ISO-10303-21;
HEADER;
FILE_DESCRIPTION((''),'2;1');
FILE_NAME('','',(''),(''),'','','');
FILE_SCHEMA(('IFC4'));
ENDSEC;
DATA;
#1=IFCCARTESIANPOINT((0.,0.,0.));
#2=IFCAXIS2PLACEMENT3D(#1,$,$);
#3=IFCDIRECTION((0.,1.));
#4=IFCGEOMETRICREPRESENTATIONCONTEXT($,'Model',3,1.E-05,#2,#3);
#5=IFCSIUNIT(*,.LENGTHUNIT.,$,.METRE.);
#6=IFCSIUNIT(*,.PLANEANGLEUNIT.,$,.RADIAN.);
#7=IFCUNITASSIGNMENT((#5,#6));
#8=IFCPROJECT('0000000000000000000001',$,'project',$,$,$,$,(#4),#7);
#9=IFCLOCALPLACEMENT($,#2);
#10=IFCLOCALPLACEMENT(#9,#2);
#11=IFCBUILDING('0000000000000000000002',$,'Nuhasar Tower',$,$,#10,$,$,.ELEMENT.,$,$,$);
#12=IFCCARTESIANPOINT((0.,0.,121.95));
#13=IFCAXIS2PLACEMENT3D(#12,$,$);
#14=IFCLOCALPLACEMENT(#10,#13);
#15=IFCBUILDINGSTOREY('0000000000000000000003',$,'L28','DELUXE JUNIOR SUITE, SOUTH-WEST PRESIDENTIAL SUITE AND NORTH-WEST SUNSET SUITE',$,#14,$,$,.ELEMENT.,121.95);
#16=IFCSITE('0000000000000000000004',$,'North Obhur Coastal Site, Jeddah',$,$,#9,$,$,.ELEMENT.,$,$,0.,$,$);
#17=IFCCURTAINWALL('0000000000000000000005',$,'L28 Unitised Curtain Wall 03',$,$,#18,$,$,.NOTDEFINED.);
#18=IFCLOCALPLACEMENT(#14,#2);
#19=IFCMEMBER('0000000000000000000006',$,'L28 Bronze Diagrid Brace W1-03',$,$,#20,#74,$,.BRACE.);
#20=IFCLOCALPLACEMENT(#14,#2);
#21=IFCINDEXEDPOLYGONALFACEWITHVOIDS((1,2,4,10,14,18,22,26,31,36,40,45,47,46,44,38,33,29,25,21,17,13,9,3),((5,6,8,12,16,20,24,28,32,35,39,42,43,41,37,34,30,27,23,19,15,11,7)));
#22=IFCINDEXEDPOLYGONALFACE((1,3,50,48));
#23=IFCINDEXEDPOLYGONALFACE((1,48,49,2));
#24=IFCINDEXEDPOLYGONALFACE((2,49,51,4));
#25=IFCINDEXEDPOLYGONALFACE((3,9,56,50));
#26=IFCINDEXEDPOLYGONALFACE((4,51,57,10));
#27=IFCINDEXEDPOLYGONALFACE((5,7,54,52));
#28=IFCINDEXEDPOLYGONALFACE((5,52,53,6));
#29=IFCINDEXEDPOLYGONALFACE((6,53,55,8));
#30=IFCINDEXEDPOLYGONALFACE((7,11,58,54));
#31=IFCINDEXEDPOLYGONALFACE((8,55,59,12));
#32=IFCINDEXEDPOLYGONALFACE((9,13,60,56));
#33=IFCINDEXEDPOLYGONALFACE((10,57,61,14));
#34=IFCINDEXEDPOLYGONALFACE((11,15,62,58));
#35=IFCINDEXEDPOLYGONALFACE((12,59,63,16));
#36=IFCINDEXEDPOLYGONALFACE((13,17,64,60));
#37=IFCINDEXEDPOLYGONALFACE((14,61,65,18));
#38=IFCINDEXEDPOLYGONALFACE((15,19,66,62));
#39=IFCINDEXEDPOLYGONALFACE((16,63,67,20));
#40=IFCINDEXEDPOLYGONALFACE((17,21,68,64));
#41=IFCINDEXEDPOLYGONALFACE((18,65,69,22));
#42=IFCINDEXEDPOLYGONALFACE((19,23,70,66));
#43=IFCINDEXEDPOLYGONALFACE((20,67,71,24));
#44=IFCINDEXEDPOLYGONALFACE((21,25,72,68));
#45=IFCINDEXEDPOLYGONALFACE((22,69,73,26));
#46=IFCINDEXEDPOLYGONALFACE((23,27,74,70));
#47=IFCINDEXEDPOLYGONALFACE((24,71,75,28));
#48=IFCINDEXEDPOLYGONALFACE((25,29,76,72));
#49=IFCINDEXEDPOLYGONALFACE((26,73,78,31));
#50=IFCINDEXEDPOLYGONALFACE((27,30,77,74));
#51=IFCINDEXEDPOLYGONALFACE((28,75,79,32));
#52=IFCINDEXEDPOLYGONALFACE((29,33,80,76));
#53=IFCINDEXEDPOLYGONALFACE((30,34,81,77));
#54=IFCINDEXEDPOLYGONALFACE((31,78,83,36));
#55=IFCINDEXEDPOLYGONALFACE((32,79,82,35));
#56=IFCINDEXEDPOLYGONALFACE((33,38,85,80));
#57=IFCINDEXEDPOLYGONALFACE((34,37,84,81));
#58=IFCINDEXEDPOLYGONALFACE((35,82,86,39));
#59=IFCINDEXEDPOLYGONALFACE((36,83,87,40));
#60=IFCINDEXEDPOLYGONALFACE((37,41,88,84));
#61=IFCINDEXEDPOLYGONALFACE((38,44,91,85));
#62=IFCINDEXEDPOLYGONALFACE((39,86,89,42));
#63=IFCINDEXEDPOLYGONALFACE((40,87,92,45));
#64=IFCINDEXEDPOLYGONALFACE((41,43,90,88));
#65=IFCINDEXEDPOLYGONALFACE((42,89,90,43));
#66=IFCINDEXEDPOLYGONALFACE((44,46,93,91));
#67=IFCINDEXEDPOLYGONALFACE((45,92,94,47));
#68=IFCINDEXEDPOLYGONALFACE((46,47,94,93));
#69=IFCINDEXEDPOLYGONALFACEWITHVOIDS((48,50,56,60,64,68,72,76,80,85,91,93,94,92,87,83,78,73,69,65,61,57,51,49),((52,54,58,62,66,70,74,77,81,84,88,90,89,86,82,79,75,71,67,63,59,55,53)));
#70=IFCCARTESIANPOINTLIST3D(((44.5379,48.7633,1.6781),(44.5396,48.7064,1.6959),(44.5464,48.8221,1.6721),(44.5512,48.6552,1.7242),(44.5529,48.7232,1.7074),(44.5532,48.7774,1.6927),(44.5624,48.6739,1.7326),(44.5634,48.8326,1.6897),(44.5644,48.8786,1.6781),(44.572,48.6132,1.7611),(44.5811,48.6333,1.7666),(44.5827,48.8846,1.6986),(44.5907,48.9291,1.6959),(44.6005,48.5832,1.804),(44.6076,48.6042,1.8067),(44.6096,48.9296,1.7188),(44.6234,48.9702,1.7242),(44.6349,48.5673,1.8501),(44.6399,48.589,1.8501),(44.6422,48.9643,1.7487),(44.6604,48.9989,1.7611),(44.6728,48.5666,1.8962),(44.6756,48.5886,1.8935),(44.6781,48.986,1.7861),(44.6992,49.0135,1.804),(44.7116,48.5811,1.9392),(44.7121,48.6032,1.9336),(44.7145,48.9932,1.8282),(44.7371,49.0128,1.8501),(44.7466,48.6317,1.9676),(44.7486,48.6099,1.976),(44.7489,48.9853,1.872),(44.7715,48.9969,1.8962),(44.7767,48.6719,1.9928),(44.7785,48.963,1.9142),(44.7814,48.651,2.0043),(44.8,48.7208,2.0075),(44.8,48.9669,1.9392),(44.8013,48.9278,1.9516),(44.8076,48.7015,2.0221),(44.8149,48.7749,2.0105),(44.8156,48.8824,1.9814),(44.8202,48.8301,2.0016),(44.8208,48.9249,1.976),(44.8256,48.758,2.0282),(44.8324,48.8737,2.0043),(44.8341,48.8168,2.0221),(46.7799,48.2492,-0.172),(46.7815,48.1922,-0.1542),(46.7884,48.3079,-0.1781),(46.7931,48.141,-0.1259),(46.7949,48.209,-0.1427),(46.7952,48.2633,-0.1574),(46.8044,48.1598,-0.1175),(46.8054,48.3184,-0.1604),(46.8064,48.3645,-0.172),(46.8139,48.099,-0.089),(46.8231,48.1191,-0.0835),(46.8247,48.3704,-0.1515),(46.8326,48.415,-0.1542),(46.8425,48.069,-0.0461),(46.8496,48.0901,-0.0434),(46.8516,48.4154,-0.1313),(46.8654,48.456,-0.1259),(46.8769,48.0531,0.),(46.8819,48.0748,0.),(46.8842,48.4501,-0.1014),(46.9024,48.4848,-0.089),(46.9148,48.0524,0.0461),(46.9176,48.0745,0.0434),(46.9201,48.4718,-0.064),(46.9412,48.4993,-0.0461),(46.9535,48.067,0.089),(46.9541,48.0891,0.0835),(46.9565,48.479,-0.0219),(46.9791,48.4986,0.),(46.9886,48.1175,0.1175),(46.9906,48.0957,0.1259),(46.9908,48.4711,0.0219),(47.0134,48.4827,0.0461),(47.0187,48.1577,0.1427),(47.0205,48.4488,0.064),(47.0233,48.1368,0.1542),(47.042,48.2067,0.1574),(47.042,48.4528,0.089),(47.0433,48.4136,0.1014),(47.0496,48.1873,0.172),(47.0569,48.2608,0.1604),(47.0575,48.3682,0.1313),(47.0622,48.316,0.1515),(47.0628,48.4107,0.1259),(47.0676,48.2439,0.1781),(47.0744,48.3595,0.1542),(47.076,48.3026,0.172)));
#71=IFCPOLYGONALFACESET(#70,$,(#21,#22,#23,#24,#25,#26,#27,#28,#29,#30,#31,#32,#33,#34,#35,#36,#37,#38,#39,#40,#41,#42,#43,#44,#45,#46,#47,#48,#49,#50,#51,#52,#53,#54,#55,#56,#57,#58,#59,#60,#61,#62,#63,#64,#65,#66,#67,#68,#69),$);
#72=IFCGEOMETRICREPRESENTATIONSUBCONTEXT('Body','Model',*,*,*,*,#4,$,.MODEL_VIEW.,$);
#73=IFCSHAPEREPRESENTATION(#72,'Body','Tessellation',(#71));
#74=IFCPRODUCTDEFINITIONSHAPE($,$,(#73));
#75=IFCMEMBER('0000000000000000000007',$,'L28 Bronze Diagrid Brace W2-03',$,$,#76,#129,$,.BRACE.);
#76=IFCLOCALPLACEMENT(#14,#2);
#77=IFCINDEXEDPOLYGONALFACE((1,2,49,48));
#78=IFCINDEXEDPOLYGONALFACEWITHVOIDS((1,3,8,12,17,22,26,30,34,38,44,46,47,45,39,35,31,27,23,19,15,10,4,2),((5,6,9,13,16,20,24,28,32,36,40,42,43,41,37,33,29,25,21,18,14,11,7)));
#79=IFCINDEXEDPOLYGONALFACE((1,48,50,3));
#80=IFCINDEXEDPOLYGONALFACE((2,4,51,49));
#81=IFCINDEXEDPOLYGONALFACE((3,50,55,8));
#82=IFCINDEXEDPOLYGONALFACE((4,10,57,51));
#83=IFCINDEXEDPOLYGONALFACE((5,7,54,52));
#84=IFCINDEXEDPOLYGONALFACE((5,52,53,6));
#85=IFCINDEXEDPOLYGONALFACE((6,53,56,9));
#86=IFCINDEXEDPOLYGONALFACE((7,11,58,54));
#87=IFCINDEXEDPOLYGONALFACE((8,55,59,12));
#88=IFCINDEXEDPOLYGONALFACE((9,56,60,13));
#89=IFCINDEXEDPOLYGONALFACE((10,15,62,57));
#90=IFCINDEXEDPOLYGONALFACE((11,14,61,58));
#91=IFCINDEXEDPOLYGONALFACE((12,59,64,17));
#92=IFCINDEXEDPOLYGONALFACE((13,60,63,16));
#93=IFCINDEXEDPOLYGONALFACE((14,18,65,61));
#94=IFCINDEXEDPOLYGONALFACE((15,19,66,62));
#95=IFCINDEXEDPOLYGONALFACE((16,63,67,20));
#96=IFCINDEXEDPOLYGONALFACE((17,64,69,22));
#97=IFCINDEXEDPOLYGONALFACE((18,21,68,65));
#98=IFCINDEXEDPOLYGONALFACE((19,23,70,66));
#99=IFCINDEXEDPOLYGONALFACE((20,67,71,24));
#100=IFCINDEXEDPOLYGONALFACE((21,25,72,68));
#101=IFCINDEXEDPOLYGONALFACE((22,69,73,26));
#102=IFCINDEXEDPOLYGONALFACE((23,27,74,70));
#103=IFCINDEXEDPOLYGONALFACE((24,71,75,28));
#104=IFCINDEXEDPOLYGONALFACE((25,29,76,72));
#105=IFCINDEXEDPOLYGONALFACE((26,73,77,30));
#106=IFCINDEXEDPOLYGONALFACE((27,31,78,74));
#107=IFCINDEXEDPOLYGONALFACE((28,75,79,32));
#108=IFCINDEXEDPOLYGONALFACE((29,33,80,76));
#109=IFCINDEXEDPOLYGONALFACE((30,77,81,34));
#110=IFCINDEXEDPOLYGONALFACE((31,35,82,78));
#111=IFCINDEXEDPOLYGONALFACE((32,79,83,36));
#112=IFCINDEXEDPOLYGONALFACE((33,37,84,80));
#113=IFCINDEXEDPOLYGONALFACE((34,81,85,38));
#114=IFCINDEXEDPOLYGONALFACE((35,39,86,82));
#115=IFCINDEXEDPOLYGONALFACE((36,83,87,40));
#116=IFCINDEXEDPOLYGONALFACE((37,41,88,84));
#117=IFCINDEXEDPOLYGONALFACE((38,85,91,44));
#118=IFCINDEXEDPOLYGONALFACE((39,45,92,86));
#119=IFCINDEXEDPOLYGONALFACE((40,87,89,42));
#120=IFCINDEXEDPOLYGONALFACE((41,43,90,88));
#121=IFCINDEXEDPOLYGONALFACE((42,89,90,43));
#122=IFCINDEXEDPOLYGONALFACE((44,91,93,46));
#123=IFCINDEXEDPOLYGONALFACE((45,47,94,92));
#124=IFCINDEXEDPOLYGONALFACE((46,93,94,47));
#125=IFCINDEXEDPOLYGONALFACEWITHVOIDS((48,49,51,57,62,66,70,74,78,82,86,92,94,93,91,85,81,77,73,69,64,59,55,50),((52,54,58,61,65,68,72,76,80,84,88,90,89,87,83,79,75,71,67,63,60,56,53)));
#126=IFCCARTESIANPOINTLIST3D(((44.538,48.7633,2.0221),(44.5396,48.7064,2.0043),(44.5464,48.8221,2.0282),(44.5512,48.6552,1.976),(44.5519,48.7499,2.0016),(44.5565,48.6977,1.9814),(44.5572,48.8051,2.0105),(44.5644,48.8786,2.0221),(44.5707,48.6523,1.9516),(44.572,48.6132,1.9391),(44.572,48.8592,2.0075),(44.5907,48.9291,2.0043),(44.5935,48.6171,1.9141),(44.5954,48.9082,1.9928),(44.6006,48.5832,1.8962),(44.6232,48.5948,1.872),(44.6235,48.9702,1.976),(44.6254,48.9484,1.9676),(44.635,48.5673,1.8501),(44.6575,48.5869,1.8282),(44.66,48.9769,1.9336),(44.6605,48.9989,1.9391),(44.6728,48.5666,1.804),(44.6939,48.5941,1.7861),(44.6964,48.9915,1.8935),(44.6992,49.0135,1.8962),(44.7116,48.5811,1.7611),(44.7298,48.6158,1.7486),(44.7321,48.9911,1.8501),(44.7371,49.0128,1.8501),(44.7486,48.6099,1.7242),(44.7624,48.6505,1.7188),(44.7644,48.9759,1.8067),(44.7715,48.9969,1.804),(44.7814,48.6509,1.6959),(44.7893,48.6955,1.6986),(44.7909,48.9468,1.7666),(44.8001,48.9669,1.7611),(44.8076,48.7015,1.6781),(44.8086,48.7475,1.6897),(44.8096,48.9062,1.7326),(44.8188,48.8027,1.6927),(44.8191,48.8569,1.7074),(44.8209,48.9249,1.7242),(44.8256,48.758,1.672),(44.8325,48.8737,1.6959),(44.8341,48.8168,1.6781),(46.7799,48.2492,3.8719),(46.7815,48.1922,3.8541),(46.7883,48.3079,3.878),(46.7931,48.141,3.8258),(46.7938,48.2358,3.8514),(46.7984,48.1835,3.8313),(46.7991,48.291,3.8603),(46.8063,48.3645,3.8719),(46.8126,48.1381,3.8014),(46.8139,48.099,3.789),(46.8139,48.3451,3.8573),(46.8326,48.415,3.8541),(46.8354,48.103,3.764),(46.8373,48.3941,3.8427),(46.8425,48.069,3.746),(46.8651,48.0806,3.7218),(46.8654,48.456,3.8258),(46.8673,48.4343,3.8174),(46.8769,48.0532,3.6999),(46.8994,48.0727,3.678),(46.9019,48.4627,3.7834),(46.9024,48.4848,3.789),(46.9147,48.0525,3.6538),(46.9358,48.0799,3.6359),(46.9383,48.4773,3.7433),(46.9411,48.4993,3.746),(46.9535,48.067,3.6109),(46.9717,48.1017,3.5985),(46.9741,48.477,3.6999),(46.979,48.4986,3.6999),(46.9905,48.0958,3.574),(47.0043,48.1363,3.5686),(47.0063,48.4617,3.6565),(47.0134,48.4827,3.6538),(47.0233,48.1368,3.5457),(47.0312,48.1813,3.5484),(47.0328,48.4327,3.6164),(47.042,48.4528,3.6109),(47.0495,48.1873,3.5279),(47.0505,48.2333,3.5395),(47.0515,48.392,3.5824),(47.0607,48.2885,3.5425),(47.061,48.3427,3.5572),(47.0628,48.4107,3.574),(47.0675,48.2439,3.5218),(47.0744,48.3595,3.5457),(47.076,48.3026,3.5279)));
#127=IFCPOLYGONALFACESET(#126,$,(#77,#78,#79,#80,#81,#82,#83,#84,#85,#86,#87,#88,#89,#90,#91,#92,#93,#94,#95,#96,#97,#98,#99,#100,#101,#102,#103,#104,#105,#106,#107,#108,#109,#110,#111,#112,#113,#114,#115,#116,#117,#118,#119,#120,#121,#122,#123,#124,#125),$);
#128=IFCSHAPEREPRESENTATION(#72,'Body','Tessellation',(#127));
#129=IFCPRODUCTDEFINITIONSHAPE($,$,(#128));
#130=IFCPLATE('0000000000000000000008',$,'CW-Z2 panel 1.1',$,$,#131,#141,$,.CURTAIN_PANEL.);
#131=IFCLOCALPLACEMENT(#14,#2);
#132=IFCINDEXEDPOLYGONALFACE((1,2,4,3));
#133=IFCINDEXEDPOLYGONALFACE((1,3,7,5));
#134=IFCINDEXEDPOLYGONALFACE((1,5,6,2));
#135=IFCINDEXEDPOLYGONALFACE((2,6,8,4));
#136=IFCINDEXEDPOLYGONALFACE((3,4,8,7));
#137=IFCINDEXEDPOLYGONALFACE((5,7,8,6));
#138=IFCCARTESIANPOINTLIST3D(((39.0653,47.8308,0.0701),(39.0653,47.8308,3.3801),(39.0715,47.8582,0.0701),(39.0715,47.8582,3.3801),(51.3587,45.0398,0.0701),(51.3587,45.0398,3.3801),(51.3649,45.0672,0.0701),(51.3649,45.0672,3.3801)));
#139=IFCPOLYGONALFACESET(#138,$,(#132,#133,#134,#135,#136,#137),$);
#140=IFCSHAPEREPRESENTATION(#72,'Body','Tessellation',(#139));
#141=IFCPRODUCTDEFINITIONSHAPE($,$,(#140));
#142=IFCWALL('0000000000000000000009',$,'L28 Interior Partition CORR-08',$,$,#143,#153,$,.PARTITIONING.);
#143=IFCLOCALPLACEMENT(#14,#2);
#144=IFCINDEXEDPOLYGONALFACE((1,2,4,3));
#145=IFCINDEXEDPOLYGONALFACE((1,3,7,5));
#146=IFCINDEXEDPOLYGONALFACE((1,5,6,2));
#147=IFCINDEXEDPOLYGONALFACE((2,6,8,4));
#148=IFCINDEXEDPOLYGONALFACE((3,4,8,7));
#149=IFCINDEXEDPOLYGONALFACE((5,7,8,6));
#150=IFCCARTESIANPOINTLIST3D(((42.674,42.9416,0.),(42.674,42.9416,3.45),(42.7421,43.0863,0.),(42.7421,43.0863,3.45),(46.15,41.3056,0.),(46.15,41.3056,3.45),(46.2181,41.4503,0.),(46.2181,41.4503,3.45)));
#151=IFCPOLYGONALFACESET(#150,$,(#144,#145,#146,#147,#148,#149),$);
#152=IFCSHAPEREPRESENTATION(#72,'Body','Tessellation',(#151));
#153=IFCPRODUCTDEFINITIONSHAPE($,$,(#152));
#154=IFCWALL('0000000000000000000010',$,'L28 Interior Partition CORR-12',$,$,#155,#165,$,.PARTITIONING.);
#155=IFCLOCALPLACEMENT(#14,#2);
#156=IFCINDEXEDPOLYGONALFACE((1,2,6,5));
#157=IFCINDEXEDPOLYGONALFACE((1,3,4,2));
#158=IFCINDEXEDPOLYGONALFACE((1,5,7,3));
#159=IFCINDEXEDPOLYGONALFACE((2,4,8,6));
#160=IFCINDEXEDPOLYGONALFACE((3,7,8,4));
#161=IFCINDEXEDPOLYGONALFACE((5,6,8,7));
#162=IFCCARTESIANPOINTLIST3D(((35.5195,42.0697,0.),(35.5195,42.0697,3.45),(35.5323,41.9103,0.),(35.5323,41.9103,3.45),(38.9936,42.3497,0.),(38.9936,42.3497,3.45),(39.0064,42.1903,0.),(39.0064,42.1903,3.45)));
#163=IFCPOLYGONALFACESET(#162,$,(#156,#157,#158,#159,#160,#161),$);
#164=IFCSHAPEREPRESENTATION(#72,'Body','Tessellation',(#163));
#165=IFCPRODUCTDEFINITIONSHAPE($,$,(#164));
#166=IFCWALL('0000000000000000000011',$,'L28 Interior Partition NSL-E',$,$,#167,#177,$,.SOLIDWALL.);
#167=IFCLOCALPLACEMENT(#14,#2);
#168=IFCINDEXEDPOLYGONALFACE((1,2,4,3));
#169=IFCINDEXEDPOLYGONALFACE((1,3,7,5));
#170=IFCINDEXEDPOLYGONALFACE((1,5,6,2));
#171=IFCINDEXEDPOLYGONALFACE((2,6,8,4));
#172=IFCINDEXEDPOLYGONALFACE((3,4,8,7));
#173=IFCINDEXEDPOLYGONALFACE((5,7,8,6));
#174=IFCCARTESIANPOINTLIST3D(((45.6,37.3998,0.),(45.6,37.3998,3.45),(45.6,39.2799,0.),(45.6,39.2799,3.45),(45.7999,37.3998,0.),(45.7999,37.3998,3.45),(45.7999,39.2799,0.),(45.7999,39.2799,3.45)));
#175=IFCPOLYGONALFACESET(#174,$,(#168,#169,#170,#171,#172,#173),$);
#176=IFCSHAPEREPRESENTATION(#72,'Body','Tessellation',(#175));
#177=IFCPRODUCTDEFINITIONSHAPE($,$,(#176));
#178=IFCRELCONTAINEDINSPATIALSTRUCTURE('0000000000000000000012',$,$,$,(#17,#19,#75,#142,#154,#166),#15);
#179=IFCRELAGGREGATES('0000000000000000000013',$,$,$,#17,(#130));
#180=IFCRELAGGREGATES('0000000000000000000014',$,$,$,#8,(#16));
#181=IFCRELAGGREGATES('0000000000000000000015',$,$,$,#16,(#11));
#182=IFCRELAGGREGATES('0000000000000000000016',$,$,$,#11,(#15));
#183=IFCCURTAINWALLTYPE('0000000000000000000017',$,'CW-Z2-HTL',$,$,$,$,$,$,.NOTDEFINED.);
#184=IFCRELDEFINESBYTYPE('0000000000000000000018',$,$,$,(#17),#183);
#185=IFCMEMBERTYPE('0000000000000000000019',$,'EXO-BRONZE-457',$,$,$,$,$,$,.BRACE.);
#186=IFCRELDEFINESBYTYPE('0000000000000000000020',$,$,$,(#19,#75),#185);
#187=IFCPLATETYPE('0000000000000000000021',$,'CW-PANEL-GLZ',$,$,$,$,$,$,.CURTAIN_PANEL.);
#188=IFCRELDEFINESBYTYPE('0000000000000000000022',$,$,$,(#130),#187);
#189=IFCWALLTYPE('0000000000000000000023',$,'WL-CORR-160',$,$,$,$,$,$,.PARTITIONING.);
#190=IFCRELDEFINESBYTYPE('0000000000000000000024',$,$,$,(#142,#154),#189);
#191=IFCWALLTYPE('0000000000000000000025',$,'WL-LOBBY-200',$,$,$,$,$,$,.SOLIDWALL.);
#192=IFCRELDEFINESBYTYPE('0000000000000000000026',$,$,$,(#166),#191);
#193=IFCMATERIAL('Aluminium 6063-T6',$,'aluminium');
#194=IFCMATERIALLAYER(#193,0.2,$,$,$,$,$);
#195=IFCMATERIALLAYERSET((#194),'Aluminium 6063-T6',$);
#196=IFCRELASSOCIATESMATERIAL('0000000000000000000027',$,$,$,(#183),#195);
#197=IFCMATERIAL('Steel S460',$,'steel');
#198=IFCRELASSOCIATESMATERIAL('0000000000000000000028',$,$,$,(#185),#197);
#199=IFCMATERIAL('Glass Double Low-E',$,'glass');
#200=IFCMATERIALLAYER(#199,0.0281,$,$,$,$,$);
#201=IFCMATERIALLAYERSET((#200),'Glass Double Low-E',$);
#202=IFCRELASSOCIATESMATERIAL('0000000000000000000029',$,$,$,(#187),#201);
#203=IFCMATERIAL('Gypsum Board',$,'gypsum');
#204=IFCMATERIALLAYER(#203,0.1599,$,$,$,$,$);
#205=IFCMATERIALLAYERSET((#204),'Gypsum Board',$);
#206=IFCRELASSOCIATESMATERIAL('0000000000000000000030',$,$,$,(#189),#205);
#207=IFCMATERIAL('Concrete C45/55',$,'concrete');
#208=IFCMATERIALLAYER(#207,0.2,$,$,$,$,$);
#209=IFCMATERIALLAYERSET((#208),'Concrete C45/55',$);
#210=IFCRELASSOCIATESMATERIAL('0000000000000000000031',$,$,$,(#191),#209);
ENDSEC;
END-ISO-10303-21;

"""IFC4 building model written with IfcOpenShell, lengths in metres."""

from ifc_helpers import new_model, si_unit, direction, frame, frame_2d, origin, origin_2d, place, context, subcontext, project, spatial, rectangle, hollow_circle, extrude, material, layer, layer_set, material_profile, profile_set, type_object, element, aggregate, save


model = new_model("IFC4")

# Units and contexts
model_context = context("Model", 3, precision=1e-05, world=origin(), true_north=direction((0.0, 1.0)))
body_context = subcontext(model_context, "Body", "Model", "MODEL_VIEW")
ifc_project = project(units=[si_unit("LENGTHUNIT", "METRE"), si_unit("PLANEANGLEUNIT", "RADIAN")], contexts=[model_context])

# Site, building, storey
site_placement = place(None, origin())
site = spatial("IfcSite", under=ifc_project, at=site_placement, Name="North Obhur Coastal Site, Jeddah", CompositionType="ELEMENT", RefElevation=0.0)
building_placement = place(site_placement, origin())
building = spatial("IfcBuilding", under=site, at=building_placement, Name="Nuhasar Tower", CompositionType="ELEMENT")
storey_placement = place(building_placement, frame((0.0, 0.0, 121.95)))
storey = spatial("IfcBuildingStorey", under=building, at=storey_placement, Name="L28", Description="DELUXE JUNIOR SUITE, SOUTH-WEST PRESIDENTIAL SUITE AND NORTH-WEST SUNSET SUITE", CompositionType="ELEMENT", Elevation=121.95)

# Curtain wall
ifc_material_1 = material(Name="Aluminium 6063-T6", Category="aluminium")
ifc_layer_1 = layer(ifc_material_1, 0.2)
ifc_layer_set_1 = layer_set([ifc_layer_1], Name="Aluminium 6063-T6")
curtain_wall_type = type_object("IfcCurtainWallType", Name="CW-Z2-HTL", PredefinedType="NOTDEFINED", material=ifc_layer_set_1)
curtain_wall_1_placement = place(storey_placement, origin())
curtain_wall_1 = element("IfcCurtainWall", 1, at=curtain_wall_1_placement, inside=storey, type_object=curtain_wall_type, Name="L28 Unitised Curtain Wall 03", PredefinedType="NOTDEFINED")

# Members
ifc_material_2 = material(Name="Steel S460", Category="steel")
ifc_material_profile_1 = material_profile(ifc_material_2, hollow_circle(Radius=0.2285, WallThickness=0.0222, at=origin_2d()), Name="HSS457X22.2")
ifc_profile_set_1 = profile_set([ifc_material_profile_1], Name="Steel S460")
member_type_1 = type_object("IfcMemberType", Name="EXO-BRONZE-457", PredefinedType="BRACE", material=ifc_profile_set_1)
member_1_placement = place(storey_placement, frame((46.928, 48.2759, 0.0), z_axis=(-0.7595, 0.174181, 0.626755), x_axis=(-0.223534, -0.974696, 0.0)))
element("IfcMember", 2, at=member_1_placement, inside=storey, type_object=member_type_1, Name="L28 Bronze Diagrid Brace W1-03", PredefinedType="BRACE", context=body_context, shape_type="SweptSolid", body=[
    extrude(hollow_circle(Radius=0.2285, WallThickness=0.0222, at=origin_2d()), origin(), (0.0, 0.0, 1.0), 2.9519),
])
member_2_placement = place(storey_placement, frame((44.686, 48.79, 1.8501), z_axis=(0.759539, -0.17419, 0.626704), x_axis=(0.223534, 0.974696, 0.0)))
element("IfcMember", 3, at=member_2_placement, inside=storey, type_object=member_type_1, Name="L28 Bronze Diagrid Brace W2-03", PredefinedType="BRACE", context=body_context, shape_type="SweptSolid", body=[
    extrude(hollow_circle(Radius=0.2285, WallThickness=0.0222, at=origin_2d()), origin(), (0.0, 0.0, 1.0), 2.9517),
])

# Plate
ifc_material_3 = material(Name="Glass Double Low-E", Category="glass")
ifc_layer_2 = layer(ifc_material_3, 0.0281)
ifc_layer_set_2 = layer_set([ifc_layer_2], Name="Glass Double Low-E")
plate_type = type_object("IfcPlateType", Name="CW-PANEL-GLZ", PredefinedType="CURTAIN_PANEL", material=ifc_layer_set_2)
plate_placement = place(storey_placement, frame((45.2151, 46.449, 0.0701), z_axis=(0.0, 0.0, 1.0), x_axis=(-0.975184, 0.221397, 0.0)))
plate = element("IfcPlate", 4, at=plate_placement, type_object=plate_type, Name="CW-Z2 panel 1.1", PredefinedType="CURTAIN_PANEL", context=body_context, shape_type="SweptSolid", body=[
    extrude(rectangle(XDim=12.6062, YDim=0.0281, at=origin_2d()), origin(), (0.0, 0.0, 1.0), 3.3101),
])
aggregate(curtain_wall_1, [plate])

# Wall
ifc_material_4 = material(Name="Gypsum Board", Category="gypsum")
ifc_layer_3 = layer(ifc_material_4, 0.1599)
ifc_layer_set_3 = layer_set([ifc_layer_3], Name="Gypsum Board")
wall_type_1 = type_object("IfcWallType", Name="WL-CORR-160", PredefinedType="PARTITIONING", material=ifc_layer_set_3)
wall_1_placement = place(storey_placement, frame((46.1841, 41.3779, 0.0), z_axis=(0.0, 0.0, 1.0), x_axis=(-0.9048, 0.425837, 0.0)))
element("IfcWall", 5, at=wall_1_placement, inside=storey, type_object=wall_type_1, Name="L28 Interior Partition CORR-08", PredefinedType="PARTITIONING", context=body_context, shape_type="SweptSolid", body=[
    extrude(rectangle(XDim=3.8418, YDim=0.1599, at=frame_2d((1.9209, 0.0))), origin(), (0.0, 0.0, 1.0), 3.45),
])

# Walls
wall_2_placement = place(storey_placement, frame((39.0, 42.27, 0.0), z_axis=(0.0, 0.0, 1.0), x_axis=(-0.996767, -0.080344, 0.0)))
element("IfcWall", 6, at=wall_2_placement, inside=storey, type_object=wall_type_1, Name="L28 Interior Partition CORR-12", PredefinedType="PARTITIONING", context=body_context, shape_type="SweptSolid", body=[
    extrude(rectangle(XDim=3.4854, YDim=0.1599, at=frame_2d((1.7427, 0.0))), origin(), (0.0, 0.0, 1.0), 3.45),
])
ifc_material_5 = material(Name="Concrete C45/55", Category="concrete")
ifc_layer_4 = layer(ifc_material_5, 0.2)
ifc_layer_set_4 = layer_set([ifc_layer_4], Name="Concrete C45/55")
wall_type_2 = type_object("IfcWallType", Name="WL-LOBBY-200", PredefinedType="SOLIDWALL", material=ifc_layer_set_4)
wall_3_placement = place(storey_placement, frame((45.7, 37.3999, 0.0), z_axis=(0.0, 0.0, 1.0), x_axis=(0.0, 1.0, 0.0)))
element("IfcWall", 7, at=wall_3_placement, inside=storey, type_object=wall_type_2, Name="L28 Interior Partition NSL-E", PredefinedType="SOLIDWALL", context=body_context, shape_type="SweptSolid", body=[
    extrude(rectangle(XDim=1.8801, YDim=0.2, at=frame_2d((0.9399, 0.0))), origin(), (0.0, 0.0, 1.0), 3.45),
])

save(model, "model.ifc")
